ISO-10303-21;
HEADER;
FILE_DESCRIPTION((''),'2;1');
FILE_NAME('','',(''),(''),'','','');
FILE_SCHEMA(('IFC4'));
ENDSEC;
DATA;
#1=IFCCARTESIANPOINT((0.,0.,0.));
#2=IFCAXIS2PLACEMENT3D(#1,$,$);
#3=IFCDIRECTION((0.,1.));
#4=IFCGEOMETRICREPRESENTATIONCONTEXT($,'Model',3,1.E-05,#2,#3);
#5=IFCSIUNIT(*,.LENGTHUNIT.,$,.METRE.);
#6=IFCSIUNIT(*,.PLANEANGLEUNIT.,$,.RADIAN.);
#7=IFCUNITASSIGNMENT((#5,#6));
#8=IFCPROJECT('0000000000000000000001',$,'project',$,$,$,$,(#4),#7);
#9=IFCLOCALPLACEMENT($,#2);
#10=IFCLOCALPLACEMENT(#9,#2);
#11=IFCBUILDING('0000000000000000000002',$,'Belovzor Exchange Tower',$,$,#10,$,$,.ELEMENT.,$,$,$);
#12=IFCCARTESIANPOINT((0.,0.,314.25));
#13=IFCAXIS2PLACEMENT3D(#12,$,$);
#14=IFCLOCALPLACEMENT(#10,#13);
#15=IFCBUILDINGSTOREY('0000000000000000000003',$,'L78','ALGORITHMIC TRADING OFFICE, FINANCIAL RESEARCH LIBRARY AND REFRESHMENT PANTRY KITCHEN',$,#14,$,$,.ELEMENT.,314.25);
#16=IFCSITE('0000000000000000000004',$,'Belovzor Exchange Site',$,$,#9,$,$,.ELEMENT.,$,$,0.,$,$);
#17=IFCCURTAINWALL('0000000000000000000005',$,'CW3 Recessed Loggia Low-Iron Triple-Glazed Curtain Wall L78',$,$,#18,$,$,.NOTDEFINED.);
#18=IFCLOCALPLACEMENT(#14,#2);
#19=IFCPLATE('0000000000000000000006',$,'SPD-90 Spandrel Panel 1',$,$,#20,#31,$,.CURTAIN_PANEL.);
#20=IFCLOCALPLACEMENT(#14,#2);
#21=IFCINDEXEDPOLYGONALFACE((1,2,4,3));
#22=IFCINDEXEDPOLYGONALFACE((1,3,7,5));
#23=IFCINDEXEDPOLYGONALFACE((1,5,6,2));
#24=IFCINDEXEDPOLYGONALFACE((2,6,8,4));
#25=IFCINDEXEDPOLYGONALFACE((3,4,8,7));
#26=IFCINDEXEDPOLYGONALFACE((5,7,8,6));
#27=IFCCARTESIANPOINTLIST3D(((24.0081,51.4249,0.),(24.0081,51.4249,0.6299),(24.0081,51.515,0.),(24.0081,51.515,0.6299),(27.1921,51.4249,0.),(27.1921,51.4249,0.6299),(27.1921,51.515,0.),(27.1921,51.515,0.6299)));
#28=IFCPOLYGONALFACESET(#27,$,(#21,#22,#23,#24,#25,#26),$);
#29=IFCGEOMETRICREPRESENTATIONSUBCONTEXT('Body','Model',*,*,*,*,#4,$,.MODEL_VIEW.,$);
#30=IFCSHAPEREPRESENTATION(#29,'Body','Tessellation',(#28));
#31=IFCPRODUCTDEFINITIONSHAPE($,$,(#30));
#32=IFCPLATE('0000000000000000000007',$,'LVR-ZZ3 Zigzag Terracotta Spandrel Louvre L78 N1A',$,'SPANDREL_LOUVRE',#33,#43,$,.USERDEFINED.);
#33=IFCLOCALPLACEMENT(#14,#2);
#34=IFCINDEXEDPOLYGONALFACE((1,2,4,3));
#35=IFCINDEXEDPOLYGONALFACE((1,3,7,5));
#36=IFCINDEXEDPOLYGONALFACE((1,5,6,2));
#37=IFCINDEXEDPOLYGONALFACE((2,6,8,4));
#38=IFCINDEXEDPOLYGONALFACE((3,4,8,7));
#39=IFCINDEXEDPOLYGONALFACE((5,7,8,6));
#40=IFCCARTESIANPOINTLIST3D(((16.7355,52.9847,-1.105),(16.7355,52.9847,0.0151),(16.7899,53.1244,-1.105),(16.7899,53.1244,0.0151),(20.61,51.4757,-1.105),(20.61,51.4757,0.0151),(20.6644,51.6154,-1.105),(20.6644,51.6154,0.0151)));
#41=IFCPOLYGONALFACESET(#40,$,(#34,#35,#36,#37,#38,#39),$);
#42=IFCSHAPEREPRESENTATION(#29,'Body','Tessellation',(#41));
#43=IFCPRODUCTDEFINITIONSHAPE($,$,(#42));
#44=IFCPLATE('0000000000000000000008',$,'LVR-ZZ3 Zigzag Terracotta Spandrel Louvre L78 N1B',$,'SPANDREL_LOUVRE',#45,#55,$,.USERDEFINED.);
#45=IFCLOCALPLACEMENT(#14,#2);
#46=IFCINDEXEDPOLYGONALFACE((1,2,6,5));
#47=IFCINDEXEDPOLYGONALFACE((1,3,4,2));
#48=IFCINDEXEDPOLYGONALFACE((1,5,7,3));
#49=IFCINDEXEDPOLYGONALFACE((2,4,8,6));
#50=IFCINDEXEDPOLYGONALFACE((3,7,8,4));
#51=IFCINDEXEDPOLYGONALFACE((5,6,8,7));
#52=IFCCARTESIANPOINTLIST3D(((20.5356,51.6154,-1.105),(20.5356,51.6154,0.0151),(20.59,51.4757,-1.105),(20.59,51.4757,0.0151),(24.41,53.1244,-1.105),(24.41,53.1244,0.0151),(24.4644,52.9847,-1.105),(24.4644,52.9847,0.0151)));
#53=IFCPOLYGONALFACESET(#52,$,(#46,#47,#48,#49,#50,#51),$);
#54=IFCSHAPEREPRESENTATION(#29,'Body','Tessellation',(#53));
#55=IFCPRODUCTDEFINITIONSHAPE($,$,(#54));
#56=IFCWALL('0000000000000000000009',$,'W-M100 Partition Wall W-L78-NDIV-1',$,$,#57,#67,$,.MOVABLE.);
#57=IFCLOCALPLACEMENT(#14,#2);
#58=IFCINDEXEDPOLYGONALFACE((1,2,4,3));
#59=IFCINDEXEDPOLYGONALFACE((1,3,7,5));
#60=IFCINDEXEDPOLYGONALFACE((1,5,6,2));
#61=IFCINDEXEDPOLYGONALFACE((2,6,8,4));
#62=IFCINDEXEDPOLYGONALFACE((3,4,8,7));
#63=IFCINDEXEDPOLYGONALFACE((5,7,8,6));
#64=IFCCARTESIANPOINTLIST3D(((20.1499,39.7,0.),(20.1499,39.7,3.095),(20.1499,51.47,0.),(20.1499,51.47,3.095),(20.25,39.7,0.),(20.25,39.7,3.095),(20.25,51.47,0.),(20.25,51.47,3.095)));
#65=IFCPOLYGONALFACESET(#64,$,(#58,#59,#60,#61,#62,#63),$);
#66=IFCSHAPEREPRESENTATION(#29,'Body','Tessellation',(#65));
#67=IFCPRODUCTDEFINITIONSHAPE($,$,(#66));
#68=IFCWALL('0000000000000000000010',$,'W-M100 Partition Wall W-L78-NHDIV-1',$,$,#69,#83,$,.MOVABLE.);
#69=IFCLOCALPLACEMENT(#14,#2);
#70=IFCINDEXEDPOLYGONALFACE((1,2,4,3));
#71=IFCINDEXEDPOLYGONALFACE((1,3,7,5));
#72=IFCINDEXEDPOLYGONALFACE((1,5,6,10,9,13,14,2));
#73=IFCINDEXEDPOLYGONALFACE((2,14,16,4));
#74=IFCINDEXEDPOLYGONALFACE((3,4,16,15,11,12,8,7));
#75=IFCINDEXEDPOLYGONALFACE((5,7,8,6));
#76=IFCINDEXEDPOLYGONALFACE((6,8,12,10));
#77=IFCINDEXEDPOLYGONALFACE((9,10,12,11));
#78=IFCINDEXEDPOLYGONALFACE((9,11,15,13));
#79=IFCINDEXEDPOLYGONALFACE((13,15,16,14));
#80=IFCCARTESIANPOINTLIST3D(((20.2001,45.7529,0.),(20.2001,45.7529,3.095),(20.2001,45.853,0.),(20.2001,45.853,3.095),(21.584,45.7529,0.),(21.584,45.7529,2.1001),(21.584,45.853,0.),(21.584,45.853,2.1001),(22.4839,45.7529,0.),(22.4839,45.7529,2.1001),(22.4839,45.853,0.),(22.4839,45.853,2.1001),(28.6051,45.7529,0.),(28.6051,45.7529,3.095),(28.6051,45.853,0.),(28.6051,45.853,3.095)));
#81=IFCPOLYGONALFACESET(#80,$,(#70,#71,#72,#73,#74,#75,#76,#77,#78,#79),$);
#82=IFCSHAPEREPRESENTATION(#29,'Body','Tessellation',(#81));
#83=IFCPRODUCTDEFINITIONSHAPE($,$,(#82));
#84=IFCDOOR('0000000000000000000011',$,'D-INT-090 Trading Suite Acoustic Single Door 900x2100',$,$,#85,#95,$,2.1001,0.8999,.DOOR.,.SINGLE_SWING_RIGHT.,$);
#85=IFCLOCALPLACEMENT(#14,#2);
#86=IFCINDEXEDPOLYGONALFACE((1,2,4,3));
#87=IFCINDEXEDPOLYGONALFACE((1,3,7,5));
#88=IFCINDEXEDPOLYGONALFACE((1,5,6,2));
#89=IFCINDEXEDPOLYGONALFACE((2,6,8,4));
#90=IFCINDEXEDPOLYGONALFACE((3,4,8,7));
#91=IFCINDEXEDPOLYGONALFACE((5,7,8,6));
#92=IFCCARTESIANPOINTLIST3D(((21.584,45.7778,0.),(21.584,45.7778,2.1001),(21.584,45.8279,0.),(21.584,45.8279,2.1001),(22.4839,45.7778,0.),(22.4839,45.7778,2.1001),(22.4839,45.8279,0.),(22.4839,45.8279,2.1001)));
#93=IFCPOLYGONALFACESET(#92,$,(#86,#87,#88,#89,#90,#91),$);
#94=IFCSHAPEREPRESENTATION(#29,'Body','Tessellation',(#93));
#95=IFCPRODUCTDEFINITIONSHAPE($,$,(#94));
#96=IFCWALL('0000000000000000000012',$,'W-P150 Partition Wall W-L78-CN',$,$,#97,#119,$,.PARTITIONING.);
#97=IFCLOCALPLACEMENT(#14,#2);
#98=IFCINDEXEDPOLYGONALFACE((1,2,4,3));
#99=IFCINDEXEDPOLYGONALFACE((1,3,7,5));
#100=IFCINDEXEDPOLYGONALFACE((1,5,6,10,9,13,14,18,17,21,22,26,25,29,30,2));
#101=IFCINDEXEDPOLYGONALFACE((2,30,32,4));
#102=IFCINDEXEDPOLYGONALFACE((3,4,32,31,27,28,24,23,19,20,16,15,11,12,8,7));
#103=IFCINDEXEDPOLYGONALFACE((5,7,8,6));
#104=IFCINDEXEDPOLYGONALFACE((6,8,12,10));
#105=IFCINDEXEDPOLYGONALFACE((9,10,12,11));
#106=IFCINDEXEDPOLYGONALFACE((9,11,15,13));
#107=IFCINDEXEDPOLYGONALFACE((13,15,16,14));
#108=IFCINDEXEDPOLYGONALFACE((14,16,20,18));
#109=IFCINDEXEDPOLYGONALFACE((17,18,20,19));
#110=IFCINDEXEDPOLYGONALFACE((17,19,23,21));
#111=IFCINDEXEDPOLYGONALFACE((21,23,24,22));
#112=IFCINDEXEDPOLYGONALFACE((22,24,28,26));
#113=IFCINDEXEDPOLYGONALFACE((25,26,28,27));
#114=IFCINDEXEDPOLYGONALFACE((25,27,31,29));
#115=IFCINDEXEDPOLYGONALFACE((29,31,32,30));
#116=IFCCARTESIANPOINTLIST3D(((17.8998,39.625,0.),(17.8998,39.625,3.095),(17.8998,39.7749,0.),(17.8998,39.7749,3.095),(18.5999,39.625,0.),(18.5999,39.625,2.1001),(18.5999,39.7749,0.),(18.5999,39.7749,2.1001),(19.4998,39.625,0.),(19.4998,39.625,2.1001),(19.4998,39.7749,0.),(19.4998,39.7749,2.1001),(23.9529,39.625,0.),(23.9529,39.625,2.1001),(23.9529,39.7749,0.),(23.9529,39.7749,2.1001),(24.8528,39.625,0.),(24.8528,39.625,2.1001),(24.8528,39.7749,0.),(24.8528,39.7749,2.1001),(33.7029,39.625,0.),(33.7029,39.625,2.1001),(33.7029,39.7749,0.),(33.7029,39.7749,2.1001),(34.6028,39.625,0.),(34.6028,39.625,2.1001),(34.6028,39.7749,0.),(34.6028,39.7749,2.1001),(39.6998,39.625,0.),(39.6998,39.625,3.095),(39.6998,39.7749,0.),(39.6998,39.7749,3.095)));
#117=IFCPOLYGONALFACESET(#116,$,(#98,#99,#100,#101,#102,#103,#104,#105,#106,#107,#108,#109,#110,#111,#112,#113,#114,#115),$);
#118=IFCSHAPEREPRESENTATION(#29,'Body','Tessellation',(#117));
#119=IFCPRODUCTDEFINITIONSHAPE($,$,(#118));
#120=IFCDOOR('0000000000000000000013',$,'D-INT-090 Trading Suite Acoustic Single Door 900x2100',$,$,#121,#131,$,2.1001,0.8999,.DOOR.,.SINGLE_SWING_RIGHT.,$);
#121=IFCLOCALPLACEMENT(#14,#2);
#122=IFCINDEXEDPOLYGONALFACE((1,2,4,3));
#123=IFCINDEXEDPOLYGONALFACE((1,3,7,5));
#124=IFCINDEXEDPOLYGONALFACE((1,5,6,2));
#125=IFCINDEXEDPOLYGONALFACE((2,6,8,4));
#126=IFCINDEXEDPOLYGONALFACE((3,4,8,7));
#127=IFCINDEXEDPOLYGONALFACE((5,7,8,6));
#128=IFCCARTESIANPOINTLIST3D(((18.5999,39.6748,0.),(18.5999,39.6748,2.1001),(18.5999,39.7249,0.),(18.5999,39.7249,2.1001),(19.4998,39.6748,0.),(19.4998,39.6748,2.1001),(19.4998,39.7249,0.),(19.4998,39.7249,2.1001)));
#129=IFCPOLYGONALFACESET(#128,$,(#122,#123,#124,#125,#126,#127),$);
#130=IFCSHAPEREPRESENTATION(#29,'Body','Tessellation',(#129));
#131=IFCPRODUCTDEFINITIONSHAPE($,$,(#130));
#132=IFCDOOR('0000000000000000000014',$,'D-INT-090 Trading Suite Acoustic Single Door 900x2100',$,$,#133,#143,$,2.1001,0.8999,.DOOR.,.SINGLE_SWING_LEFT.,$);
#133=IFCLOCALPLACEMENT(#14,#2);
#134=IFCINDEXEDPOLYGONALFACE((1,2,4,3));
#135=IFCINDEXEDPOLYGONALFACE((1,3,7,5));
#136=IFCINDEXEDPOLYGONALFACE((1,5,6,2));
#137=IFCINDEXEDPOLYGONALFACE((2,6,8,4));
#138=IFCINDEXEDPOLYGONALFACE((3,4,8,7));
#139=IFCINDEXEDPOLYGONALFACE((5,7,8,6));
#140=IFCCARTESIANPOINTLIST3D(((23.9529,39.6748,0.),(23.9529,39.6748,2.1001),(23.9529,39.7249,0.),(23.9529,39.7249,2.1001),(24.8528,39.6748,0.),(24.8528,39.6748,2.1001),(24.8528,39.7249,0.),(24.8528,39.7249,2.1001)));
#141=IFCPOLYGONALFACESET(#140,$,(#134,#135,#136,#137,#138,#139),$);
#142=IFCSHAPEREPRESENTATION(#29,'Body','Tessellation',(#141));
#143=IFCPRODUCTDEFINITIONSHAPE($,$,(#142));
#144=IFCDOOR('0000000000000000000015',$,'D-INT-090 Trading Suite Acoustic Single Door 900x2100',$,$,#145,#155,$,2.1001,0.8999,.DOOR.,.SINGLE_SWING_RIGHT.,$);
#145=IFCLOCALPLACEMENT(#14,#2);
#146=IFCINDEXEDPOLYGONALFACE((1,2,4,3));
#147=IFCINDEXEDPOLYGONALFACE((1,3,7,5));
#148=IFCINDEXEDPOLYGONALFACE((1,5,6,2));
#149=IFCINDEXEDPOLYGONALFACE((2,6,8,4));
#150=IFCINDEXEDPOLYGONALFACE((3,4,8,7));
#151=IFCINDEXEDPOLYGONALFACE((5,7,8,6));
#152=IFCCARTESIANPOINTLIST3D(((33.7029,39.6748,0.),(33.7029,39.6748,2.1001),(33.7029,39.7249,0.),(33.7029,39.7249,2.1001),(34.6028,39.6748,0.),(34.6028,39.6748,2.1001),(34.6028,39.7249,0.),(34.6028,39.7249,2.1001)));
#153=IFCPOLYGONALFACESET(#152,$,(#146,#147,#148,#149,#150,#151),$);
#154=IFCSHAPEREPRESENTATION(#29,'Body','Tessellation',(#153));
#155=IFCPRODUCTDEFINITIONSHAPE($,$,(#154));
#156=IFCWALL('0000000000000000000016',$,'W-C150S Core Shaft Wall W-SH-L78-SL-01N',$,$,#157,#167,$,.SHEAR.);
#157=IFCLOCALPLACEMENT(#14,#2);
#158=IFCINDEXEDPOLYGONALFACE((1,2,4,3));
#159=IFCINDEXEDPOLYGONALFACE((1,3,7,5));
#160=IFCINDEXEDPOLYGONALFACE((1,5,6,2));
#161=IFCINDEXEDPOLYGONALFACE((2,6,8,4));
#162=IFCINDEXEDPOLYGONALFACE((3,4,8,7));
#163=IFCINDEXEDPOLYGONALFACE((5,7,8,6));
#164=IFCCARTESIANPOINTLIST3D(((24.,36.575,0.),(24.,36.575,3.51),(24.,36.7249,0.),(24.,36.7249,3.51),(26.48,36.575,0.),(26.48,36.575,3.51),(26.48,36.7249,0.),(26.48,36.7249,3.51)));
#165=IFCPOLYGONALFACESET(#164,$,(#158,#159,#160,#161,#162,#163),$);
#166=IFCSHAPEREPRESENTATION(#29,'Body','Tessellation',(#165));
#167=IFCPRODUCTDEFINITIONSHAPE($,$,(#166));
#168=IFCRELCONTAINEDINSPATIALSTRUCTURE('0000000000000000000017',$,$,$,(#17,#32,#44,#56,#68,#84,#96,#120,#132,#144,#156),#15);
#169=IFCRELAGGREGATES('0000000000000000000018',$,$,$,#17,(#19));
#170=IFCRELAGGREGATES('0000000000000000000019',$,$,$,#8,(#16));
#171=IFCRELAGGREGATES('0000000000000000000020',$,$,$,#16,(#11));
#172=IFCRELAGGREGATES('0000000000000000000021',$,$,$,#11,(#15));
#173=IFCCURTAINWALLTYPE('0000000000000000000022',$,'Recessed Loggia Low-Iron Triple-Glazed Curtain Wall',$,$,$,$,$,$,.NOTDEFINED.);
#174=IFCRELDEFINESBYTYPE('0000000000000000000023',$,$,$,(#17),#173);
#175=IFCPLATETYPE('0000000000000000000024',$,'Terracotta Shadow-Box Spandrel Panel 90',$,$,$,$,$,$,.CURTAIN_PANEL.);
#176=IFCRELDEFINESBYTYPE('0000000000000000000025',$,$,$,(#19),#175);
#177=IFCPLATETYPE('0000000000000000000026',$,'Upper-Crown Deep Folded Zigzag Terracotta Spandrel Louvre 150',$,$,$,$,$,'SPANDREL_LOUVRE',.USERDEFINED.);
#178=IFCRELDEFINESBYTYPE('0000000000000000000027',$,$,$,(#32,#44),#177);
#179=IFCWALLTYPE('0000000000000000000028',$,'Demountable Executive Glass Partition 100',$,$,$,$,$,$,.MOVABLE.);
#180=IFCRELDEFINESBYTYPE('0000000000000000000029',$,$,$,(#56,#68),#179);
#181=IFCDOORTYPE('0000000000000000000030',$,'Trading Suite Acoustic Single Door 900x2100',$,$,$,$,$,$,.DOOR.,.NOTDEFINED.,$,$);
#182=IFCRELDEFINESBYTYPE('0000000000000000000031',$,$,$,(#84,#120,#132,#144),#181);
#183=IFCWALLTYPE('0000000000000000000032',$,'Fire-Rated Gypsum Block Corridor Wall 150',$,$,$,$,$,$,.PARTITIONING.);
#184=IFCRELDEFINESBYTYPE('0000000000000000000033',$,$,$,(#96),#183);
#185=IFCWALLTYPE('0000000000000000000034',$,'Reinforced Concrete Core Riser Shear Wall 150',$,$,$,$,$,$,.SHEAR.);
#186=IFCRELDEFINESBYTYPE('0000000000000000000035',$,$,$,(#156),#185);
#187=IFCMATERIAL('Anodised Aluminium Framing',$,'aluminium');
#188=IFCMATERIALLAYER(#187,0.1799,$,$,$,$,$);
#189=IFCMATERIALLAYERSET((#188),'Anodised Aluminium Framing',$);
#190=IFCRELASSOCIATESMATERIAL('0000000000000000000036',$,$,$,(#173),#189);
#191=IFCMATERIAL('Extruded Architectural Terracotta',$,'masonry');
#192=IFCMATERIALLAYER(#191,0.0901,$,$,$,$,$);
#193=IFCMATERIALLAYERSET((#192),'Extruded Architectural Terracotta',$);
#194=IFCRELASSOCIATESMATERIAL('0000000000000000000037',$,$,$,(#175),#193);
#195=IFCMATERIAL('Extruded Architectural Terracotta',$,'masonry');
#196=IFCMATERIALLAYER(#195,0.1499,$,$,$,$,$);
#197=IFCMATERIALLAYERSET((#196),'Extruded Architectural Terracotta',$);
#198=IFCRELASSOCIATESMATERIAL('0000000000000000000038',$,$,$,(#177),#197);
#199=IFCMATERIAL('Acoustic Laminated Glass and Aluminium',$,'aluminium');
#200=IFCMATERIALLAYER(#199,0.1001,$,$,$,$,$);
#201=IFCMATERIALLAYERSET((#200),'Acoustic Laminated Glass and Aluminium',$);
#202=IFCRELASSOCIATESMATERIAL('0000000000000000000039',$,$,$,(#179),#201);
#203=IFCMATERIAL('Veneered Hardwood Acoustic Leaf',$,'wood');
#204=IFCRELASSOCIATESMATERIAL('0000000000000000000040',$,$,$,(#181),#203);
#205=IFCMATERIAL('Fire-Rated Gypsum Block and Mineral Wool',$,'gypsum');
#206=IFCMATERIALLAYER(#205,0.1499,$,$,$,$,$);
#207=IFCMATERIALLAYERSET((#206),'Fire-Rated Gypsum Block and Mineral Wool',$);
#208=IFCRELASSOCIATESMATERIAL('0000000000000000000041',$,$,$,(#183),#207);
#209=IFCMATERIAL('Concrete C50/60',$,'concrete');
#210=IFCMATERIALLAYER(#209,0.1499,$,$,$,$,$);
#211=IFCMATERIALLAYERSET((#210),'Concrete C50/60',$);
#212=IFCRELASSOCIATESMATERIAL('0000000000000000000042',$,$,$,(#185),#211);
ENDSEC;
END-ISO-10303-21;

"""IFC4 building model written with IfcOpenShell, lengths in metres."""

from ifc_helpers import new_model, si_unit, direction, frame, frame_2d, origin, origin_2d, place, context, subcontext, project, spatial, rectangle, extrude, material, layer, layer_set, type_object, element, fill, aggregate, save


model = new_model("IFC4")

# Units and contexts
model_context = context("Model", 3, precision=1e-05, world=origin(), true_north=direction((0.0, 1.0)))
body_context = subcontext(model_context, "Body", "Model", "MODEL_VIEW")
ifc_project = project(units=[si_unit("LENGTHUNIT", "METRE"), si_unit("PLANEANGLEUNIT", "RADIAN")], contexts=[model_context])

# Site, building, storey
site_placement = place(None, origin())
site = spatial("IfcSite", under=ifc_project, at=site_placement, Name="Belovzor Exchange Site", CompositionType="ELEMENT", RefElevation=0.0)
building_placement = place(site_placement, origin())
building = spatial("IfcBuilding", under=site, at=building_placement, Name="Belovzor Exchange Tower", CompositionType="ELEMENT")
storey_placement = place(building_placement, frame((0.0, 0.0, 314.25)))
storey = spatial("IfcBuildingStorey", under=building, at=storey_placement, Name="L78", Description="ALGORITHMIC TRADING OFFICE, FINANCIAL RESEARCH LIBRARY AND REFRESHMENT PANTRY KITCHEN", CompositionType="ELEMENT", Elevation=314.25)

# Curtain wall
ifc_material_1 = material(Name="Anodised Aluminium Framing", Category="aluminium")
ifc_layer_1 = layer(ifc_material_1, 0.1799)
ifc_layer_set_1 = layer_set([ifc_layer_1], Name="Anodised Aluminium Framing")
curtain_wall_type = type_object("IfcCurtainWallType", Name="Recessed Loggia Low-Iron Triple-Glazed Curtain Wall", PredefinedType="NOTDEFINED", material=ifc_layer_set_1)
curtain_wall_placement = place(storey_placement, origin())
curtain_wall = element("IfcCurtainWall", 1, at=curtain_wall_placement, inside=storey, type_object=curtain_wall_type, Name="CW3 Recessed Loggia Low-Iron Triple-Glazed Curtain Wall L78", PredefinedType="NOTDEFINED")

# Plate
ifc_material_2 = material(Name="Extruded Architectural Terracotta", Category="masonry")
ifc_layer_2 = layer(ifc_material_2, 0.0901)
ifc_layer_set_2 = layer_set([ifc_layer_2], Name="Extruded Architectural Terracotta")
plate_type_1 = type_object("IfcPlateType", Name="Terracotta Shadow-Box Spandrel Panel 90", PredefinedType="CURTAIN_PANEL", material=ifc_layer_set_2)
plate_1_placement = place(storey_placement, frame((25.6001, 51.47, 0.0), z_axis=(0.0, 0.0, 1.0), x_axis=(1.0, 0.0, 0.0)))
plate_1 = element("IfcPlate", 2, at=plate_1_placement, type_object=plate_type_1, Name="SPD-90 Spandrel Panel 1", PredefinedType="CURTAIN_PANEL", context=body_context, shape_type="SweptSolid", body=[
    extrude(rectangle(XDim=3.1841, YDim=0.0901, at=origin_2d()), origin(), (0.0, 0.0, 1.0), 0.6299),
])
aggregate(curtain_wall, [plate_1])

# Plates
ifc_material_3 = material(Name="Extruded Architectural Terracotta", Category="masonry")
ifc_layer_3 = layer(ifc_material_3, 0.1499)
ifc_layer_set_3 = layer_set([ifc_layer_3], Name="Extruded Architectural Terracotta")
plate_type_2 = type_object("IfcPlateType", Name="Upper-Crown Deep Folded Zigzag Terracotta Spandrel Louvre 150", ElementType="SPANDREL_LOUVRE", PredefinedType="USERDEFINED", material=ifc_layer_set_3)
for number, where, z_axis, x_axis, name in (
    (3, (18.7, 52.3, -1.105), (0.0, 0.0, 1.0), (0.931818, -0.362926, 0.0), "LVR-ZZ3 Zigzag Terracotta Spandrel Louvre L78 N1A"),
    (4, (22.5, 52.3, -1.105), (0.0, 0.0, 1.0), (0.931818, 0.362926, 0.0), "LVR-ZZ3 Zigzag Terracotta Spandrel Louvre L78 N1B"),
):
    element("IfcPlate", number, at=place(storey_placement, frame(where, z_axis=z_axis, x_axis=x_axis)), inside=storey, type_object=plate_type_2, Name=name, ObjectType="SPANDREL_LOUVRE", PredefinedType="USERDEFINED", context=body_context, shape_type="SweptSolid", body=[
        extrude(rectangle(XDim=4.158, YDim=0.1499, at=origin_2d()), origin(), (0.0, 0.0, 1.0), 1.1201),
    ])

# Wall
ifc_material_4 = material(Name="Acoustic Laminated Glass and Aluminium", Category="aluminium")
ifc_layer_4 = layer(ifc_material_4, 0.1001)
ifc_layer_set_4 = layer_set([ifc_layer_4], Name="Acoustic Laminated Glass and Aluminium")
wall_type_1 = type_object("IfcWallType", Name="Demountable Executive Glass Partition 100", PredefinedType="MOVABLE", material=ifc_layer_set_4)
wall_1_placement = place(storey_placement, frame((20.2, 39.7, 0.0), z_axis=(0.0, 0.0, 1.0), x_axis=(0.0, 1.0, 0.0)))
element("IfcWall", 5, at=wall_1_placement, inside=storey, type_object=wall_type_1, Name="W-M100 Partition Wall W-L78-NDIV-1", PredefinedType="MOVABLE", context=body_context, shape_type="SweptSolid", body=[
    extrude(rectangle(XDim=11.77, YDim=0.1001, at=frame_2d((5.885, 0.0))), origin(), (0.0, 0.0, 1.0), 3.095),
])

# Wall, opening, door
wall_2_placement = place(storey_placement, frame((20.2, 45.803, 0.0), z_axis=(0.0, 0.0, 1.0), x_axis=(1.0, 0.0, 0.0)))
wall_2 = element("IfcWall", 6, at=wall_2_placement, inside=storey, type_object=wall_type_1, Name="W-M100 Partition Wall W-L78-NHDIV-1", PredefinedType="MOVABLE", context=body_context, shape_type="SweptSolid", body=[
    extrude(rectangle(XDim=8.405, YDim=0.1001, at=frame_2d((4.2026, 0.0))), origin(), (0.0, 0.0, 1.0), 3.095),
])
opening_1_placement = place(wall_2_placement, frame((1.384, 0.0, 0.0)))
opening_1 = element("IfcOpeningElement", 7, at=opening_1_placement, cuts=wall_2, PredefinedType="OPENING", context=body_context, shape_type="SweptSolid", body=[
    extrude(rectangle(XDim=0.8999, YDim=2.1001, at=frame_2d((0.45, 1.05))), frame((0.0, 0.0601, 0.0), z_axis=(0.0, -1.0, 0.0), x_axis=(1.0, 0.0, 0.0)), (0.0, 0.0, 1.0), 0.1201),
])
ifc_material_5 = material(Name="Veneered Hardwood Acoustic Leaf", Category="wood")
door_type_1 = type_object("IfcDoorType", Name="Trading Suite Acoustic Single Door 900x2100", OperationType="NOTDEFINED", PredefinedType="DOOR", material=ifc_material_5)
door_1_placement = place(opening_1_placement, origin())
door_1 = element("IfcDoor", 8, at=door_1_placement, inside=storey, type_object=door_type_1, Name="D-INT-090 Trading Suite Acoustic Single Door 900x2100", OperationType="SINGLE_SWING_RIGHT", OverallHeight=2.1001, OverallWidth=0.8999, PredefinedType="DOOR", context=body_context, shape_type="SweptSolid", body=[
    extrude(rectangle(XDim=0.8999, YDim=2.1001, at=frame_2d((0.45, 1.05))), frame((0.0, 0.0249, 0.0), z_axis=(0.0, -1.0, 0.0), x_axis=(1.0, 0.0, 0.0)), (0.0, 0.0, 1.0), 0.05),
])
fill(opening_1, door_1)

# Wall, openings, doors
ifc_material_6 = material(Name="Fire-Rated Gypsum Block and Mineral Wool", Category="gypsum")
ifc_layer_5 = layer(ifc_material_6, 0.1499)
ifc_layer_set_5 = layer_set([ifc_layer_5], Name="Fire-Rated Gypsum Block and Mineral Wool")
wall_type_2 = type_object("IfcWallType", Name="Fire-Rated Gypsum Block Corridor Wall 150", PredefinedType="PARTITIONING", material=ifc_layer_set_5)
wall_3_placement = place(storey_placement, frame((17.8999, 39.7, 0.0), z_axis=(0.0, 0.0, 1.0), x_axis=(1.0, 0.0, 0.0)))
wall_3 = element("IfcWall", 9, at=wall_3_placement, inside=storey, type_object=wall_type_2, Name="W-P150 Partition Wall W-L78-CN", PredefinedType="PARTITIONING", context=body_context, shape_type="SweptSolid", body=[
    extrude(rectangle(XDim=21.8, YDim=0.1499, at=frame_2d((10.8999, 0.0))), origin(), (0.0, 0.0, 1.0), 3.095),
])
opening_2_placement = place(wall_3_placement, frame((0.7, 0.0, 0.0)))
opening_2 = element("IfcOpeningElement", 10, at=opening_2_placement, cuts=wall_3, PredefinedType="OPENING", context=body_context, shape_type="SweptSolid", body=[
    extrude(rectangle(XDim=0.8999, YDim=2.1001, at=frame_2d((0.45, 1.05))), frame((0.0, 0.085, 0.0), z_axis=(0.0, -1.0, 0.0), x_axis=(1.0, 0.0, 0.0)), (0.0, 0.0, 1.0), 0.1699),
])
opening_3_placement = place(wall_3_placement, frame((6.053, 0.0, 0.0)))
opening_3 = element("IfcOpeningElement", 11, at=opening_3_placement, cuts=wall_3, PredefinedType="OPENING", context=body_context, shape_type="SweptSolid", body=[
    extrude(rectangle(XDim=0.8999, YDim=2.1001, at=frame_2d((0.45, 1.05))), frame((0.0, 0.085, 0.0), z_axis=(0.0, -1.0, 0.0), x_axis=(1.0, 0.0, 0.0)), (0.0, 0.0, 1.0), 0.1699),
])
opening_4_placement = place(wall_3_placement, frame((15.803, 0.0, 0.0)))
opening_4 = element("IfcOpeningElement", 12, at=opening_4_placement, cuts=wall_3, PredefinedType="OPENING", context=body_context, shape_type="SweptSolid", body=[
    extrude(rectangle(XDim=0.8999, YDim=2.1001, at=frame_2d((0.45, 1.05))), frame((0.0, 0.085, 0.0), z_axis=(0.0, -1.0, 0.0), x_axis=(1.0, 0.0, 0.0)), (0.0, 0.0, 1.0), 0.1699),
])
door_2_placement = place(opening_2_placement, origin())
door_2 = element("IfcDoor", 13, at=door_2_placement, inside=storey, type_object=door_type_1, Name="D-INT-090 Trading Suite Acoustic Single Door 900x2100", OperationType="SINGLE_SWING_RIGHT", OverallHeight=2.1001, OverallWidth=0.8999, PredefinedType="DOOR", context=body_context, shape_type="SweptSolid", body=[
    extrude(rectangle(XDim=0.8999, YDim=2.1001, at=frame_2d((0.45, 1.05))), frame((0.0, 0.0249, 0.0), z_axis=(0.0, -1.0, 0.0), x_axis=(1.0, 0.0, 0.0)), (0.0, 0.0, 1.0), 0.05),
])
fill(opening_2, door_2)
door_3_placement = place(opening_3_placement, origin())
door_3 = element("IfcDoor", 14, at=door_3_placement, inside=storey, type_object=door_type_1, Name="D-INT-090 Trading Suite Acoustic Single Door 900x2100", OperationType="SINGLE_SWING_LEFT", OverallHeight=2.1001, OverallWidth=0.8999, PredefinedType="DOOR", context=body_context, shape_type="SweptSolid", body=[
    extrude(rectangle(XDim=0.8999, YDim=2.1001, at=frame_2d((0.45, 1.05))), frame((0.0, 0.0249, 0.0), z_axis=(0.0, -1.0, 0.0), x_axis=(1.0, 0.0, 0.0)), (0.0, 0.0, 1.0), 0.05),
])
fill(opening_3, door_3)
door_4_placement = place(opening_4_placement, origin())
door_4 = element("IfcDoor", 15, at=door_4_placement, inside=storey, type_object=door_type_1, Name="D-INT-090 Trading Suite Acoustic Single Door 900x2100", OperationType="SINGLE_SWING_RIGHT", OverallHeight=2.1001, OverallWidth=0.8999, PredefinedType="DOOR", context=body_context, shape_type="SweptSolid", body=[
    extrude(rectangle(XDim=0.8999, YDim=2.1001, at=frame_2d((0.45, 1.05))), frame((0.0, 0.0249, 0.0), z_axis=(0.0, -1.0, 0.0), x_axis=(1.0, 0.0, 0.0)), (0.0, 0.0, 1.0), 0.05),
])
fill(opening_4, door_4)

# Wall
ifc_material_7 = material(Name="Concrete C50/60", Category="concrete")
ifc_layer_6 = layer(ifc_material_7, 0.1499)
ifc_layer_set_6 = layer_set([ifc_layer_6], Name="Concrete C50/60")
wall_type_3 = type_object("IfcWallType", Name="Reinforced Concrete Core Riser Shear Wall 150", PredefinedType="SHEAR", material=ifc_layer_set_6)
wall_4_placement = place(storey_placement, frame((24.0, 36.6499, 0.0), z_axis=(0.0, 0.0, 1.0), x_axis=(1.0, 0.0, 0.0)))
element("IfcWall", 16, at=wall_4_placement, inside=storey, type_object=wall_type_3, Name="W-C150S Core Shaft Wall W-SH-L78-SL-01N", PredefinedType="SHEAR", context=body_context, shape_type="SweptSolid", body=[
    extrude(rectangle(XDim=2.48, YDim=0.1499, at=frame_2d((1.24, 0.0))), origin(), (0.0, 0.0, 1.0), 3.51),
])

save(model, "model.ifc")
